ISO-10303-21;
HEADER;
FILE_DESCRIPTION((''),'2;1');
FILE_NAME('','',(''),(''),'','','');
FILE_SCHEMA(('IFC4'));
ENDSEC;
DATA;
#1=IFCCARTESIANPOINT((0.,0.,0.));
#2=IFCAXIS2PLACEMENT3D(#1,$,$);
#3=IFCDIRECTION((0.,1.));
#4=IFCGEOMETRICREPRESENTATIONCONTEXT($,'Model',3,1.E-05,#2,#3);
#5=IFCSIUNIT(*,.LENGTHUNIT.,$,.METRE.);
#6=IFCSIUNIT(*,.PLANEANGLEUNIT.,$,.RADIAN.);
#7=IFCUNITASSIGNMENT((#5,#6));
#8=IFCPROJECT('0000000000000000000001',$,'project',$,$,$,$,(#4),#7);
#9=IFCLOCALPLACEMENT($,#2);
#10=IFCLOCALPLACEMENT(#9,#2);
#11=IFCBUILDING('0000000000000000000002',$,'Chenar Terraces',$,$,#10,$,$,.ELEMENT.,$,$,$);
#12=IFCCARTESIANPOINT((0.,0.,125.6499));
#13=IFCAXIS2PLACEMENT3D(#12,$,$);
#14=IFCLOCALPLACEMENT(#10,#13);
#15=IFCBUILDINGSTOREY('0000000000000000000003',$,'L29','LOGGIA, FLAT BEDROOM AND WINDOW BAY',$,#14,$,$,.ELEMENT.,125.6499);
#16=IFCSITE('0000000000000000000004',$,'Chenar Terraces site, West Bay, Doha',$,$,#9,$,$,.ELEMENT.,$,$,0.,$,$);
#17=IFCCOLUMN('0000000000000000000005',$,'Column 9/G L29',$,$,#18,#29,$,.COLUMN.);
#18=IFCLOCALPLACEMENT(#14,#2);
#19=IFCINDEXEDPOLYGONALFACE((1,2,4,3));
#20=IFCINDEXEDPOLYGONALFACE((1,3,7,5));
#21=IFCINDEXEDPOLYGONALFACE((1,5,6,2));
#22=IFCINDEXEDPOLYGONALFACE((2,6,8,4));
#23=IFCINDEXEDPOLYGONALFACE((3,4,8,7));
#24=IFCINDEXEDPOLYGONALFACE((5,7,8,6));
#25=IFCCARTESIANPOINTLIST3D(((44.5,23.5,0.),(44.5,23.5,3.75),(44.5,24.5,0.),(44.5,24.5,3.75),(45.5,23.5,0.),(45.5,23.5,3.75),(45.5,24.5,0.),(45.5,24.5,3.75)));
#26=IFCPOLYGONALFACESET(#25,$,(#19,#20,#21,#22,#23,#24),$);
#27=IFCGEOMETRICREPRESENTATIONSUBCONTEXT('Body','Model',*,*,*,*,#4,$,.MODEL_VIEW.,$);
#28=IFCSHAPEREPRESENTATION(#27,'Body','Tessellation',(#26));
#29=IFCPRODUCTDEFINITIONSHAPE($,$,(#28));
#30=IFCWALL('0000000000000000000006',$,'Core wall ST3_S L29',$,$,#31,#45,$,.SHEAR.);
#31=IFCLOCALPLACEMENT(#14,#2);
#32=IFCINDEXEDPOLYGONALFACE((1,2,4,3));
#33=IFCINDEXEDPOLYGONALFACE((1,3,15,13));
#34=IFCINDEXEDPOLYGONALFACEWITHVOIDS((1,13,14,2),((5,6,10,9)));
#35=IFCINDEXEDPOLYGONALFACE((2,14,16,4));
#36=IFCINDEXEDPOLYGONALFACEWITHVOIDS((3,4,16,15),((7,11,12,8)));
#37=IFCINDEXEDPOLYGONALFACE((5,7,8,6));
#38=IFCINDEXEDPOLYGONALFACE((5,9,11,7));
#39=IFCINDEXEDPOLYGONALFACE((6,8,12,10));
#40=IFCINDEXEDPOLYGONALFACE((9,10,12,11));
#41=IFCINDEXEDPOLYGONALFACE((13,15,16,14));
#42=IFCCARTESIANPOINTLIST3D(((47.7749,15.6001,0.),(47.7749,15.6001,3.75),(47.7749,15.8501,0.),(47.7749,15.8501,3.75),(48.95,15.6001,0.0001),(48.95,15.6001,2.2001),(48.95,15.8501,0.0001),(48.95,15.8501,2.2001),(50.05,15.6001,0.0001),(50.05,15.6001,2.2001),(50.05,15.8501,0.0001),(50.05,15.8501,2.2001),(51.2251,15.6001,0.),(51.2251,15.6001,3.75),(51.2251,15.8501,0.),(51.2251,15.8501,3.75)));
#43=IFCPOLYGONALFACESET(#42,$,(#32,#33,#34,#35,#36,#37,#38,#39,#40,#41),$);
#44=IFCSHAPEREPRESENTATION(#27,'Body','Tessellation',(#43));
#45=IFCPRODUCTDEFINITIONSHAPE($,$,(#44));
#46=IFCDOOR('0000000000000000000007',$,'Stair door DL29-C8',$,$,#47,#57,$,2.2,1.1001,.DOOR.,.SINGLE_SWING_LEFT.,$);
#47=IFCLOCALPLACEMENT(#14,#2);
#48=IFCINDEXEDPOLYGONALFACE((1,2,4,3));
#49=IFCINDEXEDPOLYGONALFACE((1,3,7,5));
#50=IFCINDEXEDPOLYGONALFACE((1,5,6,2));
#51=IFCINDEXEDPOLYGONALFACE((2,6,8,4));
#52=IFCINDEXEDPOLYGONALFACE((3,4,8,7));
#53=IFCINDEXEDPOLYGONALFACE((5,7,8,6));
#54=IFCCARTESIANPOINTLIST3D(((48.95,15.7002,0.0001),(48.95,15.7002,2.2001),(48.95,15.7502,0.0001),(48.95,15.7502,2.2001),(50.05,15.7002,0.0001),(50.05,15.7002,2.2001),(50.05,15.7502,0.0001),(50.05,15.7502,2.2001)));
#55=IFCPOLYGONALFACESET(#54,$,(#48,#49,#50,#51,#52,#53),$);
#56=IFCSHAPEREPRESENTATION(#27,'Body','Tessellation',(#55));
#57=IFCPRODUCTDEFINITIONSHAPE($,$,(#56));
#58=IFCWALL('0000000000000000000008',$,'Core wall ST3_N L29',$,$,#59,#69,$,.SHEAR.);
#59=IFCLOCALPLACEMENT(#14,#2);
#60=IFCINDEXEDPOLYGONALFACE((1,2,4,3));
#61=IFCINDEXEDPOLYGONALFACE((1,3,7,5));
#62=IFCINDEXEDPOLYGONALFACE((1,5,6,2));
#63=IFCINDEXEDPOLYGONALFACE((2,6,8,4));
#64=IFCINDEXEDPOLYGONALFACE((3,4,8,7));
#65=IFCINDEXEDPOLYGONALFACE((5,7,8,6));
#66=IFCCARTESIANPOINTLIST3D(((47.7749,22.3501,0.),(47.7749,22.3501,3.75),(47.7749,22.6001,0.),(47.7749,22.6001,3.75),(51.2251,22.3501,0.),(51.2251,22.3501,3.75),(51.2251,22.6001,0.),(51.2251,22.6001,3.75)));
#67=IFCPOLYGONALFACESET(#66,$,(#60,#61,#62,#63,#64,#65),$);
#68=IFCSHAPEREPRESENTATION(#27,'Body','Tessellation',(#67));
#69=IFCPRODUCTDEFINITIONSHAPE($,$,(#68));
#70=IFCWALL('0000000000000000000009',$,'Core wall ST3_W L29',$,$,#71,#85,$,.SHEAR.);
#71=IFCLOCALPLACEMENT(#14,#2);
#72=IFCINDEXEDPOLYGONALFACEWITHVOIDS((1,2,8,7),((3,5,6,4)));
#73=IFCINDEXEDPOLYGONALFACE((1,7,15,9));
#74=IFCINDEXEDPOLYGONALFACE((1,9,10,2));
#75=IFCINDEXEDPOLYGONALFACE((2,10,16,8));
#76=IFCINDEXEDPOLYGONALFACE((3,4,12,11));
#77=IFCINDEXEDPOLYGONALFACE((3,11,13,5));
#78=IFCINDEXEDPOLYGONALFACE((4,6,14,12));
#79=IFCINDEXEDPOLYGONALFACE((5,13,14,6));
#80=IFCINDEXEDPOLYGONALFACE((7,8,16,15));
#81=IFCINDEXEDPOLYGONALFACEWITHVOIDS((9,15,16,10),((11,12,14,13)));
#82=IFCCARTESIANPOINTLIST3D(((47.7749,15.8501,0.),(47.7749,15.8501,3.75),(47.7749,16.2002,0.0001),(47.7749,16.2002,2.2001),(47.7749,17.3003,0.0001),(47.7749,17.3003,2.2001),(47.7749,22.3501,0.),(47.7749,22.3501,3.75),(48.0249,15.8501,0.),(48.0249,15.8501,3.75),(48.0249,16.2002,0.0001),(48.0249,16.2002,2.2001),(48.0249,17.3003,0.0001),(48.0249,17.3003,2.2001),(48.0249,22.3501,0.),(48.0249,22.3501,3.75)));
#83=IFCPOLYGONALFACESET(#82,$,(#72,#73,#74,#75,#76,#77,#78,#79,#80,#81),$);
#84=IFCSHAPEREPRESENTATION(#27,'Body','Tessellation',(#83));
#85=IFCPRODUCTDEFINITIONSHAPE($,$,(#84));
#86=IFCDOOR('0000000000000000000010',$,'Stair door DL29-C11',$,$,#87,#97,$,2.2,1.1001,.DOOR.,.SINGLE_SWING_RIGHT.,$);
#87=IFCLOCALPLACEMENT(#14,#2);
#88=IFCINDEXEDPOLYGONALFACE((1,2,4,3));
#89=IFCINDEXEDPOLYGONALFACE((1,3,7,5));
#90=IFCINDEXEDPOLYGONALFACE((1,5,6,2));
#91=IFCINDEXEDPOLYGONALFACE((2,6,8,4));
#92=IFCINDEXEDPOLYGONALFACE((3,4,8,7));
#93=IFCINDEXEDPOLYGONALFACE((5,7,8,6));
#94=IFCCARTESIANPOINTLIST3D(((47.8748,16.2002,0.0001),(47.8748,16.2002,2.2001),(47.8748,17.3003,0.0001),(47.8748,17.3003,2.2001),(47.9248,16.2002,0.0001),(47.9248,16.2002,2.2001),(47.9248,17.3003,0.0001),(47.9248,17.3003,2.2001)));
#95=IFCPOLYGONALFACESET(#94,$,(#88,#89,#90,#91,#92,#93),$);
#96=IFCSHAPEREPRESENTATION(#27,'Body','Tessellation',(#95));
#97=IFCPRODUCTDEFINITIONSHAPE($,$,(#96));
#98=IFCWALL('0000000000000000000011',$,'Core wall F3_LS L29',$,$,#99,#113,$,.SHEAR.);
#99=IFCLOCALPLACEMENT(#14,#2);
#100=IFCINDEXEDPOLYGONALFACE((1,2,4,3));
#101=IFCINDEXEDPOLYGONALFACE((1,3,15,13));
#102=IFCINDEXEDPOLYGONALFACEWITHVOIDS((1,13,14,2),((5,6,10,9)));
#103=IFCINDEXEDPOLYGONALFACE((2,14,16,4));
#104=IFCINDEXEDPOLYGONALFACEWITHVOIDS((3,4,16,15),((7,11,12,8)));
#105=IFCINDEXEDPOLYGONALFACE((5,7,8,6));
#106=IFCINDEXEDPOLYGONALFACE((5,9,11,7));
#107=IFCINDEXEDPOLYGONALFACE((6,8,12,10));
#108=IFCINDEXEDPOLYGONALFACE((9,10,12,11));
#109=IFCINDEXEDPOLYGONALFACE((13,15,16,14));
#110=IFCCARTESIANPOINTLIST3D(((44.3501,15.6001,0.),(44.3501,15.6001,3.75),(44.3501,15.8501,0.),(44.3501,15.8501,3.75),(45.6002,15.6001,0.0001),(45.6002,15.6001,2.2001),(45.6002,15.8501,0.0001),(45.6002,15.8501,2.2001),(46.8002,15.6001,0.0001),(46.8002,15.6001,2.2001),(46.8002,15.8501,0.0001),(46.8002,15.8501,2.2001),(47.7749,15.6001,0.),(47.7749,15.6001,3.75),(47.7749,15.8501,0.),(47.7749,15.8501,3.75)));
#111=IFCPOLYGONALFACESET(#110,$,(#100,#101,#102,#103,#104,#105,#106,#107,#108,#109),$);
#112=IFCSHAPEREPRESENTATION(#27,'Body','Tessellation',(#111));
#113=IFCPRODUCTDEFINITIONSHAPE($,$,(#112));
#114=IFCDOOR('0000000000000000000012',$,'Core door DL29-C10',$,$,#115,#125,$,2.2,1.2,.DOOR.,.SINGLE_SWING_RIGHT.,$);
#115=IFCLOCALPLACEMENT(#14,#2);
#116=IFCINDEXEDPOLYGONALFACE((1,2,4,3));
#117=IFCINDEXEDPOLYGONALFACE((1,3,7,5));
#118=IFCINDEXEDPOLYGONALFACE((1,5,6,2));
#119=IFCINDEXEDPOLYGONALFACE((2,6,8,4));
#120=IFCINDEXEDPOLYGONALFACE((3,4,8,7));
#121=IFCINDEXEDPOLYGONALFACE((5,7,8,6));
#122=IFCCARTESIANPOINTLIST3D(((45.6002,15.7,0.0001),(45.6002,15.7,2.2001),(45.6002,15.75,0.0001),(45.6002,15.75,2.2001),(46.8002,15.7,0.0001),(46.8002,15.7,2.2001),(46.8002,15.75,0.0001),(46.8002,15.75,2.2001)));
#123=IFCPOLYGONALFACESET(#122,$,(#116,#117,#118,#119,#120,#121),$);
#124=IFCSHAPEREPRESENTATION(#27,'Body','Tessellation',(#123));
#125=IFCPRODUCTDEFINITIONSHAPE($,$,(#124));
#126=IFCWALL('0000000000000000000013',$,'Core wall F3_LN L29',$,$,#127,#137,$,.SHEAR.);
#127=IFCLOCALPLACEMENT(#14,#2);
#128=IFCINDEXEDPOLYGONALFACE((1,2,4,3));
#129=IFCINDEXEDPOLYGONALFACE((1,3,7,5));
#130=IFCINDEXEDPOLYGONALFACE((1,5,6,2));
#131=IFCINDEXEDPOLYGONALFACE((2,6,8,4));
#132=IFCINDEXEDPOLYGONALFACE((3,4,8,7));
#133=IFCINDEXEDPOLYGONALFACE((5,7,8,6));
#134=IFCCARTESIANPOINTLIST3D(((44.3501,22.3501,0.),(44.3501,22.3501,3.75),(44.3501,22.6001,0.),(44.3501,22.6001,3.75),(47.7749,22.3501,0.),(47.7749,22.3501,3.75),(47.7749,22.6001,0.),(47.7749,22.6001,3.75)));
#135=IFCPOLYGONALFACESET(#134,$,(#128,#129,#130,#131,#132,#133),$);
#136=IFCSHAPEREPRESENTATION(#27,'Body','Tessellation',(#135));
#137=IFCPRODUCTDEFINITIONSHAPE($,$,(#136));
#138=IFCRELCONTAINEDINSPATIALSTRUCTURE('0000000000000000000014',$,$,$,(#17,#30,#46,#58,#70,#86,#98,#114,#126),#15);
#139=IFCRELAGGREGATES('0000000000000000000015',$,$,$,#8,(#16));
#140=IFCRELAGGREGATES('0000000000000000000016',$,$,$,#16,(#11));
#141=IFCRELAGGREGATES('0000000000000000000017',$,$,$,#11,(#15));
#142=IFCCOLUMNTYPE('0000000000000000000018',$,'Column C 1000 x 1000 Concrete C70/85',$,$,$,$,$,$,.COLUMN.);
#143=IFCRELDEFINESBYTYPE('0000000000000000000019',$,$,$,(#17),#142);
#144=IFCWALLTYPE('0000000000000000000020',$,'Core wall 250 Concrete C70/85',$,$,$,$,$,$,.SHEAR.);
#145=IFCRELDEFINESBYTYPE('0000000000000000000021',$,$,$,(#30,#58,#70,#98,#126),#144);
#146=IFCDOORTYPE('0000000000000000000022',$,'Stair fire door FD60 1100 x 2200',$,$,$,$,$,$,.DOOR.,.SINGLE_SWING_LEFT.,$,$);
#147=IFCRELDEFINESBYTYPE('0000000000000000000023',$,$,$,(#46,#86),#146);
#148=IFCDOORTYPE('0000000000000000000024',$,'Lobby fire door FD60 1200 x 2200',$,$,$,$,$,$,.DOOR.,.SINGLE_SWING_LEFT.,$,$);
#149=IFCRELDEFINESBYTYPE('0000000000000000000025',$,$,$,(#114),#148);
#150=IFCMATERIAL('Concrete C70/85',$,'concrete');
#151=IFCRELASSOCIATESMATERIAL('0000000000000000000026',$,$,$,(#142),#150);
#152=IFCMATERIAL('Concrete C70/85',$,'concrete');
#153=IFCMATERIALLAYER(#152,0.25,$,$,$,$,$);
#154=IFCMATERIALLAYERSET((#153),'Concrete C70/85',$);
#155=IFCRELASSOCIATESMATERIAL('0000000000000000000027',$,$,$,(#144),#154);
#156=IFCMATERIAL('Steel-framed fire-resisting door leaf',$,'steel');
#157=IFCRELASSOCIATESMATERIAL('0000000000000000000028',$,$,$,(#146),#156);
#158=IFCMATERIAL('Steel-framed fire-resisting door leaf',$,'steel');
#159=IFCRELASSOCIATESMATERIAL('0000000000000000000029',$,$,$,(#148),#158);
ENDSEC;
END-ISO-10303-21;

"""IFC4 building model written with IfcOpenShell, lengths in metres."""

from ifc_helpers import new_model, si_unit, direction, frame, frame_2d, origin, origin_2d, place, context, subcontext, project, spatial, rectangle, extrude, material, layer, layer_set, material_profile, profile_set, type_object, element, fill, save


model = new_model("IFC4")

# Units and contexts
model_context = context("Model", 3, precision=1e-05, world=origin(), true_north=direction((0.0, 1.0)))
body_context = subcontext(model_context, "Body", "Model", "MODEL_VIEW")
ifc_project = project(units=[si_unit("LENGTHUNIT", "METRE"), si_unit("PLANEANGLEUNIT", "RADIAN")], contexts=[model_context])

# Site, building, storey
site_placement = place(None, origin())
site = spatial("IfcSite", under=ifc_project, at=site_placement, Name="Chenar Terraces site, West Bay, Doha", CompositionType="ELEMENT", RefElevation=0.0)
building_placement = place(site_placement, origin())
building = spatial("IfcBuilding", under=site, at=building_placement, Name="Chenar Terraces", CompositionType="ELEMENT")
storey_placement = place(building_placement, frame((0.0, 0.0, 125.6499)))
storey = spatial("IfcBuildingStorey", under=building, at=storey_placement, Name="L29", Description="LOGGIA, FLAT BEDROOM AND WINDOW BAY", CompositionType="ELEMENT", Elevation=125.6499)

# Column
ifc_material_1 = material(Name="Concrete C70/85", Category="concrete")
ifc_material_profile = material_profile(ifc_material_1, rectangle(XDim=1.0, YDim=1.0, at=origin_2d()), Name="C 1000 x 1000")
ifc_profile_set = profile_set([ifc_material_profile], Name="Concrete C70/85")
column_type = type_object("IfcColumnType", Name="Column C 1000 x 1000 Concrete C70/85", PredefinedType="COLUMN", material=ifc_profile_set)
column_placement = place(storey_placement, frame((45.0, 24.0, 0.0), z_axis=(0.0, 0.0, 1.0), x_axis=(1.0, 0.0, 0.0)))
element("IfcColumn", 1, at=column_placement, inside=storey, type_object=column_type, Name="Column 9/G L29", PredefinedType="COLUMN", context=body_context, shape_type="SweptSolid", body=[
    extrude(rectangle(XDim=1.0, YDim=1.0, at=origin_2d()), origin(), (0.0, 0.0, 1.0), 3.75),
])

# Wall, opening, door
ifc_material_2 = material(Name="Concrete C70/85", Category="concrete")
ifc_layer_1 = layer(ifc_material_2, 0.25)
ifc_layer_set_1 = layer_set([ifc_layer_1], Name="Concrete C70/85")
wall_type_1 = type_object("IfcWallType", Name="Core wall 250 Concrete C70/85", PredefinedType="SHEAR", material=ifc_layer_set_1)
wall_1_placement = place(storey_placement, frame((47.7749, 15.7251, 0.0), z_axis=(0.0, 0.0, 1.0), x_axis=(1.0, 0.0, 0.0)))
wall_1 = element("IfcWall", 2, at=wall_1_placement, inside=storey, type_object=wall_type_1, Name="Core wall ST3_S L29", PredefinedType="SHEAR", context=body_context, shape_type="SweptSolid", body=[
    extrude(rectangle(XDim=3.4502, YDim=0.25, at=frame_2d((1.7251, 0.0))), origin(), (0.0, 0.0, 1.0), 3.75),
])
opening_1_placement = place(wall_1_placement, frame((1.175, 0.0, 0.0)))
opening_1 = element("IfcOpeningElement", 3, at=opening_1_placement, cuts=wall_1, PredefinedType="OPENING", context=body_context, shape_type="SweptSolid", body=[
    extrude(rectangle(XDim=1.1001, YDim=2.2, at=frame_2d((0.55, 1.1001))), frame((0.0, 0.135, 0.0), z_axis=(0.0, -1.0, 0.0), x_axis=(1.0, 0.0, 0.0)), (0.0, 0.0, 1.0), 0.27),
])
ifc_material_3 = material(Name="Steel-framed fire-resisting door leaf", Category="steel")
door_type_1 = type_object("IfcDoorType", Name="Stair fire door FD60 1100 x 2200", OperationType="SINGLE_SWING_LEFT", PredefinedType="DOOR", material=ifc_material_3)
door_1_placement = place(opening_1_placement, frame((1.1001, 0.0, 0.0), z_axis=(0.0, 0.0, 1.0), x_axis=(-1.0, 0.0, 0.0)))
door_1 = element("IfcDoor", 4, at=door_1_placement, inside=storey, type_object=door_type_1, Name="Stair door DL29-C8", OperationType="SINGLE_SWING_LEFT", OverallHeight=2.2, OverallWidth=1.1001, PredefinedType="DOOR", context=body_context, shape_type="SweptSolid", body=[
    extrude(rectangle(XDim=1.1001, YDim=2.2, at=frame_2d((0.55, 1.1001))), frame((0.0, 0.0249, 0.0), z_axis=(0.0, -1.0, 0.0), x_axis=(1.0, 0.0, 0.0)), (0.0, 0.0, 1.0), 0.05),
])
fill(opening_1, door_1)

# Wall
wall_2_placement = place(storey_placement, frame((47.7749, 22.4751, 0.0), z_axis=(0.0, 0.0, 1.0), x_axis=(1.0, 0.0, 0.0)))
element("IfcWall", 5, at=wall_2_placement, inside=storey, type_object=wall_type_1, Name="Core wall ST3_N L29", PredefinedType="SHEAR", context=body_context, shape_type="SweptSolid", body=[
    extrude(rectangle(XDim=3.4502, YDim=0.25, at=frame_2d((1.7251, 0.0))), origin(), (0.0, 0.0, 1.0), 3.75),
])

# Walls, openings, doors
wall_3_placement = place(storey_placement, frame((47.8999, 15.8501, 0.0), z_axis=(0.0, 0.0, 1.0), x_axis=(0.0, 1.0, 0.0)))
wall_3 = element("IfcWall", 6, at=wall_3_placement, inside=storey, type_object=wall_type_1, Name="Core wall ST3_W L29", PredefinedType="SHEAR", context=body_context, shape_type="SweptSolid", body=[
    extrude(rectangle(XDim=6.5, YDim=0.25, at=frame_2d((3.25, 0.0))), origin(), (0.0, 0.0, 1.0), 3.75),
])
opening_2_placement = place(wall_3_placement, frame((0.3501, 0.0, 0.0)))
opening_2 = element("IfcOpeningElement", 7, at=opening_2_placement, cuts=wall_3, PredefinedType="OPENING", context=body_context, shape_type="SweptSolid", body=[
    extrude(rectangle(XDim=1.1001, YDim=2.2, at=frame_2d((0.55, 1.1001))), frame((0.0, 0.135, 0.0), z_axis=(0.0, -1.0, 0.0), x_axis=(1.0, 0.0, 0.0)), (0.0, 0.0, 1.0), 0.27),
])
door_2_placement = place(opening_2_placement, frame((1.1001, 0.0, 0.0), z_axis=(0.0, 0.0, 1.0), x_axis=(-1.0, 0.0, 0.0)))
door_2 = element("IfcDoor", 8, at=door_2_placement, inside=storey, type_object=door_type_1, Name="Stair door DL29-C11", OperationType="SINGLE_SWING_RIGHT", OverallHeight=2.2, OverallWidth=1.1001, PredefinedType="DOOR", context=body_context, shape_type="SweptSolid", body=[
    extrude(rectangle(XDim=1.1001, YDim=2.2, at=frame_2d((0.55, 1.1001))), frame((0.0, 0.0249, 0.0), z_axis=(0.0, -1.0, 0.0), x_axis=(1.0, 0.0, 0.0)), (0.0, 0.0, 1.0), 0.05),
])
fill(opening_2, door_2)
wall_4_placement = place(storey_placement, frame((44.3501, 15.7251, 0.0), z_axis=(0.0, 0.0, 1.0), x_axis=(1.0, 0.0, 0.0)))
wall_4 = element("IfcWall", 9, at=wall_4_placement, inside=storey, type_object=wall_type_1, Name="Core wall F3_LS L29", PredefinedType="SHEAR", context=body_context, shape_type="SweptSolid", body=[
    extrude(rectangle(XDim=3.4248, YDim=0.25, at=frame_2d((1.7124, 0.0))), origin(), (0.0, 0.0, 1.0), 3.75),
])
opening_3_placement = place(wall_4_placement, frame((1.25, 0.0, 0.0)))
opening_3 = element("IfcOpeningElement", 10, at=opening_3_placement, cuts=wall_4, PredefinedType="OPENING", context=body_context, shape_type="SweptSolid", body=[
    extrude(rectangle(XDim=1.2, YDim=2.2, at=frame_2d((0.6001, 1.1001))), frame((0.0, 0.135, 0.0), z_axis=(0.0, -1.0, 0.0), x_axis=(1.0, 0.0, 0.0)), (0.0, 0.0, 1.0), 0.27),
])
ifc_material_4 = material(Name="Steel-framed fire-resisting door leaf", Category="steel")
door_type_2 = type_object("IfcDoorType", Name="Lobby fire door FD60 1200 x 2200", OperationType="SINGLE_SWING_LEFT", PredefinedType="DOOR", material=ifc_material_4)
door_3_placement = place(opening_3_placement, origin())
door_3 = element("IfcDoor", 11, at=door_3_placement, inside=storey, type_object=door_type_2, Name="Core door DL29-C10", OperationType="SINGLE_SWING_RIGHT", OverallHeight=2.2, OverallWidth=1.2, PredefinedType="DOOR", context=body_context, shape_type="SweptSolid", body=[
    extrude(rectangle(XDim=1.2, YDim=2.2, at=frame_2d((0.6001, 1.1001))), frame((0.0, 0.0249, 0.0), z_axis=(0.0, -1.0, 0.0), x_axis=(1.0, 0.0, 0.0)), (0.0, 0.0, 1.0), 0.05),
])
fill(opening_3, door_3)

# Wall
wall_5_placement = place(storey_placement, frame((44.3501, 22.4751, 0.0), z_axis=(0.0, 0.0, 1.0), x_axis=(1.0, 0.0, 0.0)))
element("IfcWall", 12, at=wall_5_placement, inside=storey, type_object=wall_type_1, Name="Core wall F3_LN L29", PredefinedType="SHEAR", context=body_context, shape_type="SweptSolid", body=[
    extrude(rectangle(XDim=3.4248, YDim=0.25, at=frame_2d((1.7124, 0.0))), origin(), (0.0, 0.0, 1.0), 3.75),
])

save(model, "model.ifc")
